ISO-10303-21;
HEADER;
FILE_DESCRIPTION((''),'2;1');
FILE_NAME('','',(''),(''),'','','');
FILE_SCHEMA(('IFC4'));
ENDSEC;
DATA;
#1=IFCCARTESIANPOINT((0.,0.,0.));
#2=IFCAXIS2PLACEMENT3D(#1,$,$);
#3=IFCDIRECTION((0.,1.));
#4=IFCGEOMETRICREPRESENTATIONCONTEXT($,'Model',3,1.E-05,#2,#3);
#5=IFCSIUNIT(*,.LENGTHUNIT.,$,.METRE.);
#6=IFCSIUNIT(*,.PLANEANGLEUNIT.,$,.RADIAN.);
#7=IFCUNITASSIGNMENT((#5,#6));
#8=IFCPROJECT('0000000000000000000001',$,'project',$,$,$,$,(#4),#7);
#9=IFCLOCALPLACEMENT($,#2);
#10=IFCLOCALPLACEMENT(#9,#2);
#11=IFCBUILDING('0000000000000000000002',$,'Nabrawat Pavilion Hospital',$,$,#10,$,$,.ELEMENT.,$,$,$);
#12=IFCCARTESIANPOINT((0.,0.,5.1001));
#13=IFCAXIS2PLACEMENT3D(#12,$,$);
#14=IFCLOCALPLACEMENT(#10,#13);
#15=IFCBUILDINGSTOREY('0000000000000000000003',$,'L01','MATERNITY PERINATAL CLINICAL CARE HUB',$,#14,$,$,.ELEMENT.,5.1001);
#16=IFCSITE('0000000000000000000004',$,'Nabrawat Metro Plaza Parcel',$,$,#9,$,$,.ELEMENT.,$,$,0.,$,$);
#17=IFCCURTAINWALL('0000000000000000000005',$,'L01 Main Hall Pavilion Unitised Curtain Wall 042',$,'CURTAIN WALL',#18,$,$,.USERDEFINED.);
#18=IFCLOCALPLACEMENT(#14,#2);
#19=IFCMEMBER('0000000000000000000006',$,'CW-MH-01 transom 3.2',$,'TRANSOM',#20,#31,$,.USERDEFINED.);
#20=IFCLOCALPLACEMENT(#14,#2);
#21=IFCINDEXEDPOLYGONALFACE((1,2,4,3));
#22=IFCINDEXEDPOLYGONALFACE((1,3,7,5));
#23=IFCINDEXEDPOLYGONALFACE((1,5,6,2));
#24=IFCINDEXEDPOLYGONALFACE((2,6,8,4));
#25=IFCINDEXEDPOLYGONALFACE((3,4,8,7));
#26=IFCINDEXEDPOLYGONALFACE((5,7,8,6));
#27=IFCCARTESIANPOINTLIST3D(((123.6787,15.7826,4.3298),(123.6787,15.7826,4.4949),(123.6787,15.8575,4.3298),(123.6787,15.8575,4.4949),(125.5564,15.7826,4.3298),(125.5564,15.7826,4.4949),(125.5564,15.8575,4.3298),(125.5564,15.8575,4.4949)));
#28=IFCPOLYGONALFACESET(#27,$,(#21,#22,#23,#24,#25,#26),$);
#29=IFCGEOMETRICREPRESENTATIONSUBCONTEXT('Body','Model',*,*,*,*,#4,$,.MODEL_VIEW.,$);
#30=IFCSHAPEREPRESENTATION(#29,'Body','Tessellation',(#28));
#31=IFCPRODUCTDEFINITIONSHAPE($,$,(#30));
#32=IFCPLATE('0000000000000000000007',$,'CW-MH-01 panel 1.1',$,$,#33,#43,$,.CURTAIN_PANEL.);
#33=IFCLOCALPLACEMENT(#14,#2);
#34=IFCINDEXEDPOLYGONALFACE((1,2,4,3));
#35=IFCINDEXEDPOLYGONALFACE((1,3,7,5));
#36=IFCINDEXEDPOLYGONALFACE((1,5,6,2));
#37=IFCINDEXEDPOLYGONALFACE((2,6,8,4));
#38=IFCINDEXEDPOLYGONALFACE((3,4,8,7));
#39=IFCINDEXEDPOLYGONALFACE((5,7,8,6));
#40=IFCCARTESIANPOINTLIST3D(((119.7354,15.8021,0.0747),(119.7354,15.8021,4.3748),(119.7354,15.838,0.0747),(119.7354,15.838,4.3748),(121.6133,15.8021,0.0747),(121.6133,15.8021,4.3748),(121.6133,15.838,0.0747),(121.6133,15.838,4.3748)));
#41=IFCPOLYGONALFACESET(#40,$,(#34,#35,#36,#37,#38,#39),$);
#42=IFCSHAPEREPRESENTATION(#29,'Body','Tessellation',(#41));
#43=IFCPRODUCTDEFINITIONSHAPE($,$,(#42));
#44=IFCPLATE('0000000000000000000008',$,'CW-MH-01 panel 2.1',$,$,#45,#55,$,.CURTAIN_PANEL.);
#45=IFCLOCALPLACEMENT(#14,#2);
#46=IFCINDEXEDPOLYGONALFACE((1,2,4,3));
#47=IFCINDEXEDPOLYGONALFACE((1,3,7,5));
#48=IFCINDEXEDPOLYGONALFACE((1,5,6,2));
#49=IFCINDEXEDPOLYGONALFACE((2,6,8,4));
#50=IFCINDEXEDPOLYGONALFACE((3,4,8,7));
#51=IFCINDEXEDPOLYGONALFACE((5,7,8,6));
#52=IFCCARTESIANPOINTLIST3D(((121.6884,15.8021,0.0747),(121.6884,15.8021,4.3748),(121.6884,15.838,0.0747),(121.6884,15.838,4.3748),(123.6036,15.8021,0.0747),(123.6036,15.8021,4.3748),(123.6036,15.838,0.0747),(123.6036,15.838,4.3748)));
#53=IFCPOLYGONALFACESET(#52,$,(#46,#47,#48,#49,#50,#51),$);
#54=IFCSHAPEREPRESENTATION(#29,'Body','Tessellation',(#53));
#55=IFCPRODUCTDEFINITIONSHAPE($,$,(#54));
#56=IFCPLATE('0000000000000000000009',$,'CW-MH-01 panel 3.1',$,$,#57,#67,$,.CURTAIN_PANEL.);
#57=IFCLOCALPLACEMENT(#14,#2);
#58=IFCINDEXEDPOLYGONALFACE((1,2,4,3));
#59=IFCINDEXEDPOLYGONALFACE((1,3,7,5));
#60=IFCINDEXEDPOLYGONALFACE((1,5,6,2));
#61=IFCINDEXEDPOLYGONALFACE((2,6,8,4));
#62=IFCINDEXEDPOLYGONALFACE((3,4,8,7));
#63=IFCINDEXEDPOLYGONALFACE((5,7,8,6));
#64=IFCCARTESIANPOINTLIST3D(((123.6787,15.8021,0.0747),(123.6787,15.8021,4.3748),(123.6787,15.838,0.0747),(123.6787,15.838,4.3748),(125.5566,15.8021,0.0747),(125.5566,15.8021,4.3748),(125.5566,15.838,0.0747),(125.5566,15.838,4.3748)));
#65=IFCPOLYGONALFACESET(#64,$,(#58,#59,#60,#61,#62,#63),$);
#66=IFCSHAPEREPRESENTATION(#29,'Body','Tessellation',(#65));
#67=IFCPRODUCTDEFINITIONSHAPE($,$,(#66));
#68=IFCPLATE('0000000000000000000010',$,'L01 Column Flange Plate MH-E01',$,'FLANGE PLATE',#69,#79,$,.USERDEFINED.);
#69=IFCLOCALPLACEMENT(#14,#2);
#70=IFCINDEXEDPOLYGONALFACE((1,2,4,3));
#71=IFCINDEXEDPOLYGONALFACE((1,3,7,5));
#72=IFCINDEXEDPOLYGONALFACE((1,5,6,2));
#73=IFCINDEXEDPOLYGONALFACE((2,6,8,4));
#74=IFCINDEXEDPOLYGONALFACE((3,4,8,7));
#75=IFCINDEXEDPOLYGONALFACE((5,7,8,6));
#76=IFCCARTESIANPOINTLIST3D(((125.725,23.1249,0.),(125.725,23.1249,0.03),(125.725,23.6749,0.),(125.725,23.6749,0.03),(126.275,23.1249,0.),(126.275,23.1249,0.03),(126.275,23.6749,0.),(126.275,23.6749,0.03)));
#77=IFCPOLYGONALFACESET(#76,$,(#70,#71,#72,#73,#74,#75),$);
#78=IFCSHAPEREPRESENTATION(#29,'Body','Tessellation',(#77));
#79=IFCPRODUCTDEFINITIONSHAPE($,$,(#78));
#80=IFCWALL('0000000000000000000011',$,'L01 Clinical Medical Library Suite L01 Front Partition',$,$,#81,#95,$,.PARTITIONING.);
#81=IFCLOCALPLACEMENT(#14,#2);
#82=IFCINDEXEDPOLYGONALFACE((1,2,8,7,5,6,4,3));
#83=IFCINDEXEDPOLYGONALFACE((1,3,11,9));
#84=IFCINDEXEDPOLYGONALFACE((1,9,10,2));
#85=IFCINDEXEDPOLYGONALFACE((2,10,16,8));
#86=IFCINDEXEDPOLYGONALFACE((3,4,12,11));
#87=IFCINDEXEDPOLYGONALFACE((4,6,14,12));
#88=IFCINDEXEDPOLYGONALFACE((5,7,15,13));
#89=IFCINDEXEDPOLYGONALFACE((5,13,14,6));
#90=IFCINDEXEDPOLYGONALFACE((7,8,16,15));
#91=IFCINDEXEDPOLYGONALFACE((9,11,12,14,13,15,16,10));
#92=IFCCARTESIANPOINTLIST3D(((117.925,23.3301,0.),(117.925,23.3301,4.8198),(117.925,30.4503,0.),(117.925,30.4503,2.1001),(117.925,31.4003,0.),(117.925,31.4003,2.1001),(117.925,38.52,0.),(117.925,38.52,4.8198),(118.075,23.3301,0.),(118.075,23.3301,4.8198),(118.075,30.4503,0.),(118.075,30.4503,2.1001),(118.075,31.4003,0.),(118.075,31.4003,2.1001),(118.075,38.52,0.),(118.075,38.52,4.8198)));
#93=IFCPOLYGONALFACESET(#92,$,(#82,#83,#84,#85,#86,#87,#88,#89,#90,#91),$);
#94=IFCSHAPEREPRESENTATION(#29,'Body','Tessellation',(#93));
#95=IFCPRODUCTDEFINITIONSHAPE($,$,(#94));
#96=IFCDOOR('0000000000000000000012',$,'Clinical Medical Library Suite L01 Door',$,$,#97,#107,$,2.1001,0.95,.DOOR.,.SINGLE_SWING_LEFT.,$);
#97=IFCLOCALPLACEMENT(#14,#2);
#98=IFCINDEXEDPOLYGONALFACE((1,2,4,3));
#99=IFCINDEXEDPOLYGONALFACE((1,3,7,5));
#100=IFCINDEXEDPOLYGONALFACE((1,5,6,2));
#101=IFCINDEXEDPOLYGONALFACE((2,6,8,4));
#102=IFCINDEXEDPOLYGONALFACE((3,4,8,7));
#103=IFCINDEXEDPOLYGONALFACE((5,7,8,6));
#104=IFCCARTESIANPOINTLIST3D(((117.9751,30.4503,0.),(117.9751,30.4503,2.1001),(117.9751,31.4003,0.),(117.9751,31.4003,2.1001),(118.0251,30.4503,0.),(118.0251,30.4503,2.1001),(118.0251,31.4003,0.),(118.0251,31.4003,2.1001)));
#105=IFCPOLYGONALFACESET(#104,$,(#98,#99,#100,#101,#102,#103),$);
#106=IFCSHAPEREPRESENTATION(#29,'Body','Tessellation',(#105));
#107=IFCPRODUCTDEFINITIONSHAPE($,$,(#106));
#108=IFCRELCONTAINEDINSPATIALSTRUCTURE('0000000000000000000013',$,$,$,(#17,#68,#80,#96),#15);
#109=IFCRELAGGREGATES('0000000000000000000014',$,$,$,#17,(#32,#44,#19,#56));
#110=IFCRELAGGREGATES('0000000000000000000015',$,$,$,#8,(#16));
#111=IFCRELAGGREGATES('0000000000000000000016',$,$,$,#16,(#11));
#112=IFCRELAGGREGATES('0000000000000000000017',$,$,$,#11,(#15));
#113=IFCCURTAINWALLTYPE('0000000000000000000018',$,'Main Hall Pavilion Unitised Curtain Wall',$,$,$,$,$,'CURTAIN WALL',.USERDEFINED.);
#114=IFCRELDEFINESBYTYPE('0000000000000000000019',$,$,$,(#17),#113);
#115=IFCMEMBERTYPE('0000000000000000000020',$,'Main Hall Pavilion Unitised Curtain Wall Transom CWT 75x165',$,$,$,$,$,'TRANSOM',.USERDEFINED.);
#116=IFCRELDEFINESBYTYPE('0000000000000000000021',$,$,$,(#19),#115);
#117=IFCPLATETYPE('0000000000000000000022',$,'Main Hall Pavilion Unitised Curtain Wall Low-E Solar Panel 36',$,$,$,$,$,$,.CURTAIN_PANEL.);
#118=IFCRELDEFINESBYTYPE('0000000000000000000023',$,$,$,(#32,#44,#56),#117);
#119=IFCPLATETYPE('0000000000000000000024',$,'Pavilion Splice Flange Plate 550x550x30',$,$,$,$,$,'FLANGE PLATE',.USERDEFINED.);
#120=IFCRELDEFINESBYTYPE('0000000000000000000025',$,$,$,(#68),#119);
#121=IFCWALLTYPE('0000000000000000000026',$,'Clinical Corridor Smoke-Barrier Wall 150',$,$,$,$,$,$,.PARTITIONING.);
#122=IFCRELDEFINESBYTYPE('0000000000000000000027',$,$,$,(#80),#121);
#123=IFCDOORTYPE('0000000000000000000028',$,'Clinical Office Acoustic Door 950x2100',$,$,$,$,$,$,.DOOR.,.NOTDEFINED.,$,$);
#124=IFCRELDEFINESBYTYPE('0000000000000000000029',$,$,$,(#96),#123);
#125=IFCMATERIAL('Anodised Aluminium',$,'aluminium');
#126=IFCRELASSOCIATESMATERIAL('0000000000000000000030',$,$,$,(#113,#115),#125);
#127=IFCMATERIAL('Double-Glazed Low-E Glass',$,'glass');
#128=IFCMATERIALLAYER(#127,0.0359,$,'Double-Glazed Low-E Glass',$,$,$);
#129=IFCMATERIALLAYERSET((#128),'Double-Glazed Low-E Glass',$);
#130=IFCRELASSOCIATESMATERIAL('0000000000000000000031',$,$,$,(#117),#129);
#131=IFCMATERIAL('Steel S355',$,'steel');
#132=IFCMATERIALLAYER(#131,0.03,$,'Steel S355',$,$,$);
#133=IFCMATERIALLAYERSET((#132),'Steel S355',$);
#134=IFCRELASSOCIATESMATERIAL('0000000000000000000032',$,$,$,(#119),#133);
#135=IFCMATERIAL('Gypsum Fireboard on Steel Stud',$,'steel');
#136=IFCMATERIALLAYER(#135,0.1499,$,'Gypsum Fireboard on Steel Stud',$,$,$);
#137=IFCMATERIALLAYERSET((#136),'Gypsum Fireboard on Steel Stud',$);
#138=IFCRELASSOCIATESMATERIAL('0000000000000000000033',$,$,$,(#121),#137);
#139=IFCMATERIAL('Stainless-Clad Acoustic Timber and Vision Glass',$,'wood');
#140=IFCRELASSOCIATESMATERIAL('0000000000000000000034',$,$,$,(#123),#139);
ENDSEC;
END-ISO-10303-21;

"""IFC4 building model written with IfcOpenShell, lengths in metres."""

from ifc_helpers import new_model, si_unit, direction, frame, frame_2d, origin, origin_2d, place, context, subcontext, project, spatial, rectangle, extrude, material, layer, layer_set, material_profile, profile_set, type_object, element, fill, aggregate, save


model = new_model("IFC4")

# Units and contexts
model_context = context("Model", 3, precision=1e-05, world=origin(), true_north=direction((0.0, 1.0)))
body_context = subcontext(model_context, "Body", "Model", "MODEL_VIEW")
ifc_project = project(units=[si_unit("LENGTHUNIT", "METRE"), si_unit("PLANEANGLEUNIT", "RADIAN")], contexts=[model_context])

# Site, building, storey
site_placement = place(None, origin())
site = spatial("IfcSite", under=ifc_project, at=site_placement, Name="Nabrawat Metro Plaza Parcel", CompositionType="ELEMENT", RefElevation=0.0)
building_placement = place(site_placement, origin())
building = spatial("IfcBuilding", under=site, at=building_placement, Name="Nabrawat Pavilion Hospital", CompositionType="ELEMENT")
storey_placement = place(building_placement, frame((0.0, 0.0, 5.1001)))
storey = spatial("IfcBuildingStorey", under=building, at=storey_placement, Name="L01", Description="MATERNITY PERINATAL CLINICAL CARE HUB", CompositionType="ELEMENT", Elevation=5.1001)

# Shared definitions
ifc_material_1 = material(Name="Steel S355", Category="steel")

# Shared definitions
ifc_material_2 = material(Name="Anodised Aluminium", Category="aluminium")
curtain_wall_type = type_object("IfcCurtainWallType", Name="Main Hall Pavilion Unitised Curtain Wall", ElementType="CURTAIN WALL", PredefinedType="USERDEFINED", material=ifc_material_2)

# Curtain wall, member, plates
curtain_wall_1_placement = place(storey_placement, origin())
curtain_wall_1 = element("IfcCurtainWall", 1, at=curtain_wall_1_placement, inside=storey, type_object=curtain_wall_type, Name="L01 Main Hall Pavilion Unitised Curtain Wall 042", ObjectType="CURTAIN WALL", PredefinedType="USERDEFINED")
ifc_material_profile_1 = material_profile(ifc_material_2, rectangle(XDim=0.075, YDim=0.165, at=origin_2d()), Name="CWT 75x165")
ifc_profile_set_1 = profile_set([ifc_material_profile_1], Name="Anodised Aluminium")
member_type_1 = type_object("IfcMemberType", Name="Main Hall Pavilion Unitised Curtain Wall Transom CWT 75x165", ElementType="TRANSOM", PredefinedType="USERDEFINED", material=ifc_profile_set_1)
member_1_placement = place(storey_placement, frame((123.6787, 15.8201, 4.4124), z_axis=(1.0, 0.0, 0.0), x_axis=(0.0, 1.0, 0.0)))
member_1 = element("IfcMember", 2, at=member_1_placement, type_object=member_type_1, Name="CW-MH-01 transom 3.2", ObjectType="TRANSOM", PredefinedType="USERDEFINED", context=body_context, shape_type="SweptSolid", body=[
    extrude(rectangle(XDim=0.075, YDim=0.165, at=origin_2d()), origin(), (0.0, 0.0, 1.0), 1.8777),
])
ifc_material_3 = material(Name="Double-Glazed Low-E Glass", Category="glass")
ifc_layer_1 = layer(ifc_material_3, 0.0359, Name="Double-Glazed Low-E Glass")
ifc_layer_set_1 = layer_set([ifc_layer_1], Name="Double-Glazed Low-E Glass")
plate_type_1 = type_object("IfcPlateType", Name="Main Hall Pavilion Unitised Curtain Wall Low-E Solar Panel 36", PredefinedType="CURTAIN_PANEL", material=ifc_layer_set_1)
plate_1_placement = place(storey_placement, frame((120.6743, 15.8201, 0.0747), z_axis=(0.0, 0.0, 1.0), x_axis=(1.0, 0.0, 0.0)))
plate_1 = element("IfcPlate", 3, at=plate_1_placement, type_object=plate_type_1, Name="CW-MH-01 panel 1.1", PredefinedType="CURTAIN_PANEL", context=body_context, shape_type="SweptSolid", body=[
    extrude(rectangle(XDim=1.8779, YDim=0.0359, at=origin_2d()), origin(), (0.0, 0.0, 1.0), 4.3),
])
plate_2_placement = place(storey_placement, frame((122.646, 15.8201, 0.0747), z_axis=(0.0, 0.0, 1.0), x_axis=(1.0, 0.0, 0.0)))
plate_2 = element("IfcPlate", 4, at=plate_2_placement, type_object=plate_type_1, Name="CW-MH-01 panel 2.1", PredefinedType="CURTAIN_PANEL", context=body_context, shape_type="SweptSolid", body=[
    extrude(rectangle(XDim=1.9153, YDim=0.0359, at=origin_2d()), origin(), (0.0, 0.0, 1.0), 4.3),
])
plate_3_placement = place(storey_placement, frame((124.6177, 15.8201, 0.0747), z_axis=(0.0, 0.0, 1.0), x_axis=(1.0, 0.0, 0.0)))
plate_3 = element("IfcPlate", 5, at=plate_3_placement, type_object=plate_type_1, Name="CW-MH-01 panel 3.1", PredefinedType="CURTAIN_PANEL", context=body_context, shape_type="SweptSolid", body=[
    extrude(rectangle(XDim=1.8779, YDim=0.0359, at=origin_2d()), origin(), (0.0, 0.0, 1.0), 4.3),
])
aggregate(curtain_wall_1, [plate_1, plate_2, member_1, plate_3])

# Plate
ifc_layer_2 = layer(ifc_material_1, 0.03, Name="Steel S355")
ifc_layer_set_2 = layer_set([ifc_layer_2], Name="Steel S355")
plate_type_2 = type_object("IfcPlateType", Name="Pavilion Splice Flange Plate 550x550x30", ElementType="FLANGE PLATE", PredefinedType="USERDEFINED", material=ifc_layer_set_2)
plate_4_placement = place(storey_placement, frame((126.0, 23.3999, 0.0), z_axis=(0.0, 0.0, 1.0), x_axis=(1.0, 0.0, 0.0)))
element("IfcPlate", 6, at=plate_4_placement, inside=storey, type_object=plate_type_2, Name="L01 Column Flange Plate MH-E01", ObjectType="FLANGE PLATE", PredefinedType="USERDEFINED", context=body_context, shape_type="SweptSolid", body=[
    extrude(rectangle(XDim=0.55, YDim=0.55, at=origin_2d()), origin(), (0.0, 0.0, 1.0), 0.03),
])

# Wall, opening, door
ifc_material_4 = material(Name="Gypsum Fireboard on Steel Stud", Category="steel")
ifc_layer_3 = layer(ifc_material_4, 0.1499, Name="Gypsum Fireboard on Steel Stud")
ifc_layer_set_3 = layer_set([ifc_layer_3], Name="Gypsum Fireboard on Steel Stud")
wall_type = type_object("IfcWallType", Name="Clinical Corridor Smoke-Barrier Wall 150", PredefinedType="PARTITIONING", material=ifc_layer_set_3)
wall_placement = place(storey_placement, frame((118.0, 23.3301, 0.0), z_axis=(0.0, 0.0, 1.0), x_axis=(0.0, 1.0, 0.0)))
wall = element("IfcWall", 7, at=wall_placement, inside=storey, type_object=wall_type, Name="L01 Clinical Medical Library Suite L01 Front Partition", PredefinedType="PARTITIONING", context=body_context, shape_type="SweptSolid", body=[
    extrude(rectangle(XDim=15.1899, YDim=0.1499, at=frame_2d((7.595, 0.0))), origin(), (0.0, 0.0, 1.0), 4.8198),
])
opening_placement = place(wall_placement, frame((7.1201, 0.0, 0.0)))
opening = element("IfcOpeningElement", 8, at=opening_placement, cuts=wall, PredefinedType="OPENING", context=body_context, shape_type="SweptSolid", body=[
    extrude(rectangle(XDim=0.95, YDim=2.1001, at=frame_2d((0.4751, 1.05))), frame((0.0, 0.085, 0.0), z_axis=(0.0, -1.0, 0.0), x_axis=(1.0, 0.0, 0.0)), (0.0, 0.0, 1.0), 0.1699),
])
ifc_material_5 = material(Name="Stainless-Clad Acoustic Timber and Vision Glass", Category="wood")
door_type = type_object("IfcDoorType", Name="Clinical Office Acoustic Door 950x2100", OperationType="NOTDEFINED", PredefinedType="DOOR", material=ifc_material_5)
door_placement = place(opening_placement, origin())
door = element("IfcDoor", 9, at=door_placement, inside=storey, type_object=door_type, Name="Clinical Medical Library Suite L01 Door", OperationType="SINGLE_SWING_LEFT", OverallHeight=2.1001, OverallWidth=0.95, PredefinedType="DOOR", context=body_context, shape_type="SweptSolid", body=[
    extrude(rectangle(XDim=0.95, YDim=2.1001, at=frame_2d((0.4751, 1.05))), frame((0.0, 0.0249, 0.0), z_axis=(0.0, -1.0, 0.0), x_axis=(1.0, 0.0, 0.0)), (0.0, 0.0, 1.0), 0.05),
])
fill(opening, door)

save(model, "model.ifc")
